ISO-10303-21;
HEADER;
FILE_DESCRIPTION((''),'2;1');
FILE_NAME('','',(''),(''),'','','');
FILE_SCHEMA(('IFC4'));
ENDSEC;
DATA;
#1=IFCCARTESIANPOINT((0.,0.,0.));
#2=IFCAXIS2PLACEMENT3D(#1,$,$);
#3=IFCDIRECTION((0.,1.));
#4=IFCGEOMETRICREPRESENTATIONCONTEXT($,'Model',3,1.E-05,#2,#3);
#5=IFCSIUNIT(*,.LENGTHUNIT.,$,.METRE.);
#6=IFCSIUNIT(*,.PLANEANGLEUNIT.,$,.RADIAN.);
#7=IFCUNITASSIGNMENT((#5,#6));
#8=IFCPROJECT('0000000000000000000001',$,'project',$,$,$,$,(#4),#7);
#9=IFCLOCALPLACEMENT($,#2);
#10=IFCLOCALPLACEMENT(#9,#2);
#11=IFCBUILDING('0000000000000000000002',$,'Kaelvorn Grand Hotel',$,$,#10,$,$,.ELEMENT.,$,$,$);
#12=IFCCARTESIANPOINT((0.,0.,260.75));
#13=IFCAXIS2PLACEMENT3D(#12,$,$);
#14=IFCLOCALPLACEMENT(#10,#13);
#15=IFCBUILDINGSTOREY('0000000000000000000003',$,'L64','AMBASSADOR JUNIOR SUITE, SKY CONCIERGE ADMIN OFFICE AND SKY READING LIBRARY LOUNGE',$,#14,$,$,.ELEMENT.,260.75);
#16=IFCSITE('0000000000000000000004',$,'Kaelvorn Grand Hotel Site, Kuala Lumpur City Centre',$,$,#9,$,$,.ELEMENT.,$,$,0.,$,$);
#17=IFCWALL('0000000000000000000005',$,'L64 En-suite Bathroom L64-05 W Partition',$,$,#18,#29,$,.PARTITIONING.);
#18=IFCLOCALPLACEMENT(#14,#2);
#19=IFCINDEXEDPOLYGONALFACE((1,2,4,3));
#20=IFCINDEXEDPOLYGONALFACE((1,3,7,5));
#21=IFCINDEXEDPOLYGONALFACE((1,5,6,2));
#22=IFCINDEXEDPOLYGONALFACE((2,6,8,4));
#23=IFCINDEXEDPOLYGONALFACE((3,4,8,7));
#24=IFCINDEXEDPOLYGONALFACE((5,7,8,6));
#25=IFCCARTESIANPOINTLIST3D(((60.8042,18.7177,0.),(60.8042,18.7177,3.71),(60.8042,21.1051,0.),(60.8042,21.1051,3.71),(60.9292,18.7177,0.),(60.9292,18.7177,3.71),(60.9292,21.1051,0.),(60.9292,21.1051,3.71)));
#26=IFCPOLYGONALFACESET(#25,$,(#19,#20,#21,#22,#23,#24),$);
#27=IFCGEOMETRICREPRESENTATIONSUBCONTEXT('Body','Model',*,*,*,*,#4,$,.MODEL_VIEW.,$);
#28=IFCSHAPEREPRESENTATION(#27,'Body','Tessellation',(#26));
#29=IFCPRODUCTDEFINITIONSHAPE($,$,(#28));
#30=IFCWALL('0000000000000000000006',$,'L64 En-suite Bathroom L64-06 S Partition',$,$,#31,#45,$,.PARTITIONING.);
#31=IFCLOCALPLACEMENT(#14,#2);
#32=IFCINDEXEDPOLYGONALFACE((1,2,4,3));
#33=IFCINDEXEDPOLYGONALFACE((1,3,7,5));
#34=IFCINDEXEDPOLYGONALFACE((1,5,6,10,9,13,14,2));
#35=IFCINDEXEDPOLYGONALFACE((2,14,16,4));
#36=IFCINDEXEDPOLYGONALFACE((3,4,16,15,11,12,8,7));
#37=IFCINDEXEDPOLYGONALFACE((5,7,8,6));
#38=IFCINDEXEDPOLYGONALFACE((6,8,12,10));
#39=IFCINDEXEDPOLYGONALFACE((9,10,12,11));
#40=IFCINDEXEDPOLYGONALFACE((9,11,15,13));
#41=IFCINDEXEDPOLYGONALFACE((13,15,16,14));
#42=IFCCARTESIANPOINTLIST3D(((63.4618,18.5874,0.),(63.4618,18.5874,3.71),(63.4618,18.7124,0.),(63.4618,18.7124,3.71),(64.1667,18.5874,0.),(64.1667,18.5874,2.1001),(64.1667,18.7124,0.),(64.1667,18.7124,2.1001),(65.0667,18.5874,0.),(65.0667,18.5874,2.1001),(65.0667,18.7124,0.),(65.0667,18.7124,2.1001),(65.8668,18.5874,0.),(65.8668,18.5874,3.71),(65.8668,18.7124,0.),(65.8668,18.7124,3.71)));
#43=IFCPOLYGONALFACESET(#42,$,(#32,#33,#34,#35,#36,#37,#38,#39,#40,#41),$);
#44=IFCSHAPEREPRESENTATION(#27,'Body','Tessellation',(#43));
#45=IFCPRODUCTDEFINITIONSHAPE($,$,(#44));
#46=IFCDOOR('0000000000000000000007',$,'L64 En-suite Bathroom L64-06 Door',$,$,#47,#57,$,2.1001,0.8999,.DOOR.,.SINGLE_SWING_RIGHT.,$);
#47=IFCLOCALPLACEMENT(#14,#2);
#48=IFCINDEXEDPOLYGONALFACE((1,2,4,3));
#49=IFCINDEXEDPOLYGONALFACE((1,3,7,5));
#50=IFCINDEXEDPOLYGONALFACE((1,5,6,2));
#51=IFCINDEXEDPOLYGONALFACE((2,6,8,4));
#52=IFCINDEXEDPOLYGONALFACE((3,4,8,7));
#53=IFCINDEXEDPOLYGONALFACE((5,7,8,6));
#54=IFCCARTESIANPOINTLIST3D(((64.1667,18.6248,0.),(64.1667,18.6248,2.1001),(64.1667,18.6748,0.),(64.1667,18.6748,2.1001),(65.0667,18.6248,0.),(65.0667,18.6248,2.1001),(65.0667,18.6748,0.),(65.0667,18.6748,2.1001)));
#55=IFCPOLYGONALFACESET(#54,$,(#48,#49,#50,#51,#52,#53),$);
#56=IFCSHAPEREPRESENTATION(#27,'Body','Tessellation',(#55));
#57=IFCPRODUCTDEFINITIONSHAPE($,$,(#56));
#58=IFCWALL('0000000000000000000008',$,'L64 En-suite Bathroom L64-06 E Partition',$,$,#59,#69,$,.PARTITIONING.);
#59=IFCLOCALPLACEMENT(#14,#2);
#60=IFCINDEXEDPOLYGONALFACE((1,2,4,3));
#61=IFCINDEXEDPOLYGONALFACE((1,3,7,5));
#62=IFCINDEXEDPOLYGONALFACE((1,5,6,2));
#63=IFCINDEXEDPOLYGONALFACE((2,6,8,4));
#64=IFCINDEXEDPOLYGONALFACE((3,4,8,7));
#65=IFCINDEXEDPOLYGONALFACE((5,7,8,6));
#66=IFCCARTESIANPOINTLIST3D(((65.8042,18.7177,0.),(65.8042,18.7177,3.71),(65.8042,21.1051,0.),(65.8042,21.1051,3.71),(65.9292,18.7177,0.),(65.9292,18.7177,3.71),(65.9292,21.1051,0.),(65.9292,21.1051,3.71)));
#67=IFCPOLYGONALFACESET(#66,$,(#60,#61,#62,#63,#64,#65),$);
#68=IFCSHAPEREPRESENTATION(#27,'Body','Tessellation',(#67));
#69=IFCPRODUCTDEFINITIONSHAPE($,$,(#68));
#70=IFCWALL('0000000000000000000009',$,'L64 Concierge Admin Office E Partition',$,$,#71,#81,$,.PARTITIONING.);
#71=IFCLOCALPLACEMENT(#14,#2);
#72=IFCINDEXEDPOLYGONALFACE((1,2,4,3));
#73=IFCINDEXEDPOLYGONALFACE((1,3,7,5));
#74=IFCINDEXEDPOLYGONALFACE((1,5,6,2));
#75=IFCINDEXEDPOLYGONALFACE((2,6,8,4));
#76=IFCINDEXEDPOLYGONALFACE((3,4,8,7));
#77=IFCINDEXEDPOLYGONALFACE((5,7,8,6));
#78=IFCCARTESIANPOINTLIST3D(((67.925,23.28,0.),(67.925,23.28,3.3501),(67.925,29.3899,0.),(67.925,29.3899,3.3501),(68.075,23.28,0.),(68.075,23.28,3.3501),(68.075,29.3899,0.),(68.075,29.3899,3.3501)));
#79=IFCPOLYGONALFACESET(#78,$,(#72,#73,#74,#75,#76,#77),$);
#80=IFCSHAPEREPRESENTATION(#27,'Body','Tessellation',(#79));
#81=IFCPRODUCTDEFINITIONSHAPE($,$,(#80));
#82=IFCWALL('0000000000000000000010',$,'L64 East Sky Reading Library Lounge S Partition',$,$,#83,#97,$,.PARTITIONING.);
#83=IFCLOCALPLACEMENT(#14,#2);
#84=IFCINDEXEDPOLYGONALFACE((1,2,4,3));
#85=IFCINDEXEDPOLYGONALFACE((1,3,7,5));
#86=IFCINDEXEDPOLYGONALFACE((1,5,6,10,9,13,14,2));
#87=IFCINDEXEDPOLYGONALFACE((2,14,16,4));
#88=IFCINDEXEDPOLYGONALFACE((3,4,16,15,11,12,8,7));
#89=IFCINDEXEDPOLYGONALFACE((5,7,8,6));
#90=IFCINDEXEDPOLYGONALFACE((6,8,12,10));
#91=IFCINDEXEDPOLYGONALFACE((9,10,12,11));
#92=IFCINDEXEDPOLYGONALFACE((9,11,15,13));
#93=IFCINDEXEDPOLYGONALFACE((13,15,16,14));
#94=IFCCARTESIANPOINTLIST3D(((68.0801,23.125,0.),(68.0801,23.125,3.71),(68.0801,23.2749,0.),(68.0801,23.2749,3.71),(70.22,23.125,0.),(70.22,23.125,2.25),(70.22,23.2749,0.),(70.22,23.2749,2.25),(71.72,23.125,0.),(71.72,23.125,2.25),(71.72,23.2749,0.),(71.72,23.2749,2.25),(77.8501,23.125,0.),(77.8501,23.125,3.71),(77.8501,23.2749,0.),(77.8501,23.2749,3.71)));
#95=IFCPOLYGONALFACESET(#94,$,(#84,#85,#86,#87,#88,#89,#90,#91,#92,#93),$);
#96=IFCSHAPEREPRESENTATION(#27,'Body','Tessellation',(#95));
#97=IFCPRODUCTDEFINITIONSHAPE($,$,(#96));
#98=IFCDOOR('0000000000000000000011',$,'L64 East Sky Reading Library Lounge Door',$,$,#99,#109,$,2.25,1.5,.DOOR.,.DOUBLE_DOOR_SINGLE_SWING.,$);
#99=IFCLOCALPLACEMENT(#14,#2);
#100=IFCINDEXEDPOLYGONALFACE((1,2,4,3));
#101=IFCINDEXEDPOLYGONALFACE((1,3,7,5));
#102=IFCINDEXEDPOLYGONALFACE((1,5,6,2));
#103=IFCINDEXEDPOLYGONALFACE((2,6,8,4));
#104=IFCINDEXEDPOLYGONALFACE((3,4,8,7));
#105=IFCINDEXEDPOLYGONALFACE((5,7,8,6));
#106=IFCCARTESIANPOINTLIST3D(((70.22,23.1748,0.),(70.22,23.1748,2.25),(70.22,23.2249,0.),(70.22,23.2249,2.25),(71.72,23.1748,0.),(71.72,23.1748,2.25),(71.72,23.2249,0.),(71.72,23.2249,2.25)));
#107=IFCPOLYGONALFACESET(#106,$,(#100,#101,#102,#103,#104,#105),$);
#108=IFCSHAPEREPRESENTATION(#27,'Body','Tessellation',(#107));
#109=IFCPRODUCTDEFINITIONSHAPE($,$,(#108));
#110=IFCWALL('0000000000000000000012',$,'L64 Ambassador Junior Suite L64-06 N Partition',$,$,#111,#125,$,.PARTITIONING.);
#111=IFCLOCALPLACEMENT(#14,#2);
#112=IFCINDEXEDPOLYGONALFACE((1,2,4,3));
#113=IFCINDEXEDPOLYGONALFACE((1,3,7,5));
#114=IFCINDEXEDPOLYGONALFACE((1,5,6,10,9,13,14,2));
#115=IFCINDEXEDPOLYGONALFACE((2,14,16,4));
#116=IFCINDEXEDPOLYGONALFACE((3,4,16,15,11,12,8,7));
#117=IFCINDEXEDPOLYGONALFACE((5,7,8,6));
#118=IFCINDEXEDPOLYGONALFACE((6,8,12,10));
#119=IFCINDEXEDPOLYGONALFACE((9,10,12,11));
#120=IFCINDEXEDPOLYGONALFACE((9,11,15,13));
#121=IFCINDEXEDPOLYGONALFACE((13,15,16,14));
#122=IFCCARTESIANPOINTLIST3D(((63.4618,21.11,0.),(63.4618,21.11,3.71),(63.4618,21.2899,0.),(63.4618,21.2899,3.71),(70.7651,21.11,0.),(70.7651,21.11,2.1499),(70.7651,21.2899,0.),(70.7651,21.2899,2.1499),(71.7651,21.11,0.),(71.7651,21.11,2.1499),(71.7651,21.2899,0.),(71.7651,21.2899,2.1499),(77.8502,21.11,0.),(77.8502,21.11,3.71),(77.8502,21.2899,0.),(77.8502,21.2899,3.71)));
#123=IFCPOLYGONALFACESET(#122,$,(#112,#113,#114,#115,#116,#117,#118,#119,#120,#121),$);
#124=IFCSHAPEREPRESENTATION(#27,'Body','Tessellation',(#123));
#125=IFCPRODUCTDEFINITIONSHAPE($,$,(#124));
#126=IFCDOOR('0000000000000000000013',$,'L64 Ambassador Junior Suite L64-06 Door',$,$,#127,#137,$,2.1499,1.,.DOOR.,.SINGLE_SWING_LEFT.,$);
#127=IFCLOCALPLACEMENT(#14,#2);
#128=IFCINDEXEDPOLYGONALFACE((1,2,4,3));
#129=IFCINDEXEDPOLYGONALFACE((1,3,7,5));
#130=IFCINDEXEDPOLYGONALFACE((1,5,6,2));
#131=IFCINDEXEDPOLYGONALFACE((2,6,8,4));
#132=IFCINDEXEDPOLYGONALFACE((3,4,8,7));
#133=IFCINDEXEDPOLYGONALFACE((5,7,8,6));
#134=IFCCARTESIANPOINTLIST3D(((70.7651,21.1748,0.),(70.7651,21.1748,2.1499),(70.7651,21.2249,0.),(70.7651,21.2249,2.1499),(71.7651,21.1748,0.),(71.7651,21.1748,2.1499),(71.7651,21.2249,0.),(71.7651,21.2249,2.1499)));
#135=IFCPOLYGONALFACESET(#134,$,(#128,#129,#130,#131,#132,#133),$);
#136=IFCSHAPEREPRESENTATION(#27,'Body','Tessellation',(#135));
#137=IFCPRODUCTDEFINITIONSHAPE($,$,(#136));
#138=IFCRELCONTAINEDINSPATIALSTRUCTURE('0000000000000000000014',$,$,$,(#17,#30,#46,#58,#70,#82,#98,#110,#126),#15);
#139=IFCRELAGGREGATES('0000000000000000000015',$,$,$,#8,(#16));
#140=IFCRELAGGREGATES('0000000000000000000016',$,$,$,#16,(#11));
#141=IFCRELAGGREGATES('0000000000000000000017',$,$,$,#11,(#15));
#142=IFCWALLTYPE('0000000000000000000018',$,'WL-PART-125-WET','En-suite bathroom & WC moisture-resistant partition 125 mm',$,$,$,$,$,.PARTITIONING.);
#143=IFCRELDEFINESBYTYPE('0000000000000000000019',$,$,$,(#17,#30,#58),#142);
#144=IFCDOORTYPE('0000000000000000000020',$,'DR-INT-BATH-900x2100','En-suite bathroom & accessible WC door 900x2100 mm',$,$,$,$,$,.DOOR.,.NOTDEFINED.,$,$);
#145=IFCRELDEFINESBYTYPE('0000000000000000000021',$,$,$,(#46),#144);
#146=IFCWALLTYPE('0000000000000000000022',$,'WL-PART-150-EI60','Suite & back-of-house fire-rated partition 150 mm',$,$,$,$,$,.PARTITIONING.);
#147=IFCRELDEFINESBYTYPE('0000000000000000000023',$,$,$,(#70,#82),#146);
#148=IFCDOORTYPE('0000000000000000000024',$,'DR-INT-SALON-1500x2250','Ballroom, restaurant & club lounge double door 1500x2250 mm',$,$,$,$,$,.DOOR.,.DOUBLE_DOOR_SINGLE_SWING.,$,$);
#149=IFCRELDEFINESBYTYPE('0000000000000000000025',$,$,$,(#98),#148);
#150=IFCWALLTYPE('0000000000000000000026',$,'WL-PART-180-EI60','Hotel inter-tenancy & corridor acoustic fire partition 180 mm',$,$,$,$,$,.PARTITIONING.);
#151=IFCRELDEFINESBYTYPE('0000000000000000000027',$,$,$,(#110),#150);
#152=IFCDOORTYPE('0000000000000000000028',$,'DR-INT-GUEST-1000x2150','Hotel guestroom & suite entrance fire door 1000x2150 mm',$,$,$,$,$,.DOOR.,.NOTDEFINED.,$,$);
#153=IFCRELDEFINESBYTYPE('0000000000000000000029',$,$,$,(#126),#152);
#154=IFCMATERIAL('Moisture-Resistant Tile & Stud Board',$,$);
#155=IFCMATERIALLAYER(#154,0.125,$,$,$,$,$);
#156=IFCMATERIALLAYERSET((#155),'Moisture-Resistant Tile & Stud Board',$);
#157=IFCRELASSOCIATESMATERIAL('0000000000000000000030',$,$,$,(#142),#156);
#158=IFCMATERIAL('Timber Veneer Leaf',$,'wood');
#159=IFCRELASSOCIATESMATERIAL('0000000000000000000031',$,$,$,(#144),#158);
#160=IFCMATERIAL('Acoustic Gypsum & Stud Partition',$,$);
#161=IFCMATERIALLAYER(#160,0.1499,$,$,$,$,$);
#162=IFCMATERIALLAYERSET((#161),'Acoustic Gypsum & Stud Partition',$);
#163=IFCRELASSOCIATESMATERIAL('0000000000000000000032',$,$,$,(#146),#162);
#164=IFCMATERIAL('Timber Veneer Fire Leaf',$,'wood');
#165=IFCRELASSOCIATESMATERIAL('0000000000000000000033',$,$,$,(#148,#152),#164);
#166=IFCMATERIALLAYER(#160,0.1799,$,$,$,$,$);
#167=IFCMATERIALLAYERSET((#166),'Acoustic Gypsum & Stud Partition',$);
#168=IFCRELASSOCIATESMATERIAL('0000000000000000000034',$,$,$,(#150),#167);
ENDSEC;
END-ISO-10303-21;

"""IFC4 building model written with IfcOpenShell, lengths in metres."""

from ifc_helpers import new_model, si_unit, direction, frame, frame_2d, origin, place, context, subcontext, project, spatial, rectangle, extrude, material, layer, layer_set, type_object, element, fill, save


model = new_model("IFC4")

# Units and contexts
model_context = context("Model", 3, precision=1e-05, world=origin(), true_north=direction((0.0, 1.0)))
body_context = subcontext(model_context, "Body", "Model", "MODEL_VIEW")
ifc_project = project(units=[si_unit("LENGTHUNIT", "METRE"), si_unit("PLANEANGLEUNIT", "RADIAN")], contexts=[model_context])

# Site, building, storey
site_placement = place(None, origin())
site = spatial("IfcSite", under=ifc_project, at=site_placement, Name="Kaelvorn Grand Hotel Site, Kuala Lumpur City Centre", CompositionType="ELEMENT", RefElevation=0.0)
building_placement = place(site_placement, origin())
building = spatial("IfcBuilding", under=site, at=building_placement, Name="Kaelvorn Grand Hotel", CompositionType="ELEMENT")
storey_placement = place(building_placement, frame((0.0, 0.0, 260.75)))
storey = spatial("IfcBuildingStorey", under=building, at=storey_placement, Name="L64", Description="AMBASSADOR JUNIOR SUITE, SKY CONCIERGE ADMIN OFFICE AND SKY READING LIBRARY LOUNGE", CompositionType="ELEMENT", Elevation=260.75)

# Shared definitions
ifc_material_1 = material(Name="Moisture-Resistant Tile & Stud Board")
ifc_layer_1 = layer(ifc_material_1, 0.125)
ifc_layer_set_1 = layer_set([ifc_layer_1], Name="Moisture-Resistant Tile & Stud Board")
wall_type_1 = type_object("IfcWallType", Name="WL-PART-125-WET", Description="En-suite bathroom & WC moisture-resistant partition 125 mm", PredefinedType="PARTITIONING", material=ifc_layer_set_1)
ifc_material_2 = material(Name="Timber Veneer Leaf", Category="wood")
door_type_1 = type_object("IfcDoorType", Name="DR-INT-BATH-900x2100", Description="En-suite bathroom & accessible WC door 900x2100 mm", OperationType="NOTDEFINED", PredefinedType="DOOR", material=ifc_material_2)

# Wall
wall_1_placement = place(storey_placement, frame((60.8667, 18.7175, 0.0), z_axis=(0.0, 0.0, 1.0), x_axis=(0.0, 1.0, 0.0)))
element("IfcWall", 1, at=wall_1_placement, inside=storey, type_object=wall_type_1, Name="L64 En-suite Bathroom L64-05 W Partition", PredefinedType="PARTITIONING", context=body_context, shape_type="SweptSolid", body=[
    extrude(rectangle(XDim=2.3875, YDim=0.125, at=frame_2d((1.1938, 0.0))), origin(), (0.0, 0.0, 1.0), 3.71),
])

# Wall, opening, door
wall_2_placement = place(storey_placement, frame((63.4617, 18.6499, 0.0), z_axis=(0.0, 0.0, 1.0), x_axis=(1.0, 0.0, 0.0)))
wall_2 = element("IfcWall", 2, at=wall_2_placement, inside=storey, type_object=wall_type_1, Name="L64 En-suite Bathroom L64-06 S Partition", PredefinedType="PARTITIONING", context=body_context, shape_type="SweptSolid", body=[
    extrude(rectangle(XDim=2.405, YDim=0.125, at=frame_2d((1.2026, 0.0))), origin(), (0.0, 0.0, 1.0), 3.71),
])
opening_1_placement = place(wall_2_placement, frame((0.7051, 0.0, 0.0)))
opening_1 = element("IfcOpeningElement", 3, at=opening_1_placement, cuts=wall_2, PredefinedType="OPENING", context=body_context, shape_type="SweptSolid", body=[
    extrude(rectangle(XDim=0.8999, YDim=2.1001, at=frame_2d((0.45, 1.05))), frame((0.0, 0.0725, 0.0), z_axis=(0.0, -1.0, 0.0), x_axis=(1.0, 0.0, 0.0)), (0.0, 0.0, 1.0), 0.145),
])
door_1_placement = place(opening_1_placement, origin())
door_1 = element("IfcDoor", 4, at=door_1_placement, inside=storey, type_object=door_type_1, Name="L64 En-suite Bathroom L64-06 Door", OperationType="SINGLE_SWING_RIGHT", OverallHeight=2.1001, OverallWidth=0.8999, PredefinedType="DOOR", context=body_context, shape_type="SweptSolid", body=[
    extrude(rectangle(XDim=0.8999, YDim=2.1001, at=frame_2d((0.45, 1.05))), frame((0.0, 0.0249, 0.0), z_axis=(0.0, -1.0, 0.0), x_axis=(1.0, 0.0, 0.0)), (0.0, 0.0, 1.0), 0.05),
])
fill(opening_1, door_1)

# Walls
wall_3_placement = place(storey_placement, frame((65.8667, 18.7175, 0.0), z_axis=(0.0, 0.0, 1.0), x_axis=(0.0, 1.0, 0.0)))
element("IfcWall", 5, at=wall_3_placement, inside=storey, type_object=wall_type_1, Name="L64 En-suite Bathroom L64-06 E Partition", PredefinedType="PARTITIONING", context=body_context, shape_type="SweptSolid", body=[
    extrude(rectangle(XDim=2.3875, YDim=0.125, at=frame_2d((1.1938, 0.0))), origin(), (0.0, 0.0, 1.0), 3.71),
])
ifc_material_3 = material(Name="Acoustic Gypsum & Stud Partition")
ifc_layer_2 = layer(ifc_material_3, 0.1499)
ifc_layer_set_2 = layer_set([ifc_layer_2], Name="Acoustic Gypsum & Stud Partition")
wall_type_2 = type_object("IfcWallType", Name="WL-PART-150-EI60", Description="Suite & back-of-house fire-rated partition 150 mm", PredefinedType="PARTITIONING", material=ifc_layer_set_2)
wall_4_placement = place(storey_placement, frame((68.0, 23.28, 0.0), z_axis=(0.0, 0.0, 1.0), x_axis=(0.0, 1.0, 0.0)))
element("IfcWall", 6, at=wall_4_placement, inside=storey, type_object=wall_type_2, Name="L64 Concierge Admin Office E Partition", PredefinedType="PARTITIONING", context=body_context, shape_type="SweptSolid", body=[
    extrude(rectangle(XDim=6.1099, YDim=0.1499, at=frame_2d((3.0549, 0.0))), origin(), (0.0, 0.0, 1.0), 3.3501),
])

# Walls, openings, doors
wall_5_placement = place(storey_placement, frame((68.0801, 23.2, 0.0), z_axis=(0.0, 0.0, 1.0), x_axis=(1.0, 0.0, 0.0)))
wall_5 = element("IfcWall", 7, at=wall_5_placement, inside=storey, type_object=wall_type_2, Name="L64 East Sky Reading Library Lounge S Partition", PredefinedType="PARTITIONING", context=body_context, shape_type="SweptSolid", body=[
    extrude(rectangle(XDim=9.77, YDim=0.1499, at=frame_2d((4.885, 0.0))), origin(), (0.0, 0.0, 1.0), 3.71),
])
opening_2_placement = place(wall_5_placement, frame((2.1399, 0.0, 0.0)))
opening_2 = element("IfcOpeningElement", 8, at=opening_2_placement, cuts=wall_5, PredefinedType="OPENING", context=body_context, shape_type="SweptSolid", body=[
    extrude(rectangle(XDim=1.5, YDim=2.25, at=frame_2d((0.75, 1.125))), frame((0.0, 0.085, 0.0), z_axis=(0.0, -1.0, 0.0), x_axis=(1.0, 0.0, 0.0)), (0.0, 0.0, 1.0), 0.1699),
])
ifc_material_4 = material(Name="Timber Veneer Fire Leaf", Category="wood")
door_type_2 = type_object("IfcDoorType", Name="DR-INT-SALON-1500x2250", Description="Ballroom, restaurant & club lounge double door 1500x2250 mm", OperationType="DOUBLE_DOOR_SINGLE_SWING", PredefinedType="DOOR", material=ifc_material_4)
door_2_placement = place(opening_2_placement, origin())
door_2 = element("IfcDoor", 9, at=door_2_placement, inside=storey, type_object=door_type_2, Name="L64 East Sky Reading Library Lounge Door", OperationType="DOUBLE_DOOR_SINGLE_SWING", OverallHeight=2.25, OverallWidth=1.5, PredefinedType="DOOR", context=body_context, shape_type="SweptSolid", body=[
    extrude(rectangle(XDim=1.5, YDim=2.25, at=frame_2d((0.75, 1.125))), frame((0.0, 0.0249, 0.0), z_axis=(0.0, -1.0, 0.0), x_axis=(1.0, 0.0, 0.0)), (0.0, 0.0, 1.0), 0.05),
])
fill(opening_2, door_2)
ifc_layer_3 = layer(ifc_material_3, 0.1799)
ifc_layer_set_3 = layer_set([ifc_layer_3], Name="Acoustic Gypsum & Stud Partition")
wall_type_3 = type_object("IfcWallType", Name="WL-PART-180-EI60", Description="Hotel inter-tenancy & corridor acoustic fire partition 180 mm", PredefinedType="PARTITIONING", material=ifc_layer_set_3)
wall_6_placement = place(storey_placement, frame((63.4617, 21.2, 0.0), z_axis=(0.0, 0.0, 1.0), x_axis=(1.0, 0.0, 0.0)))
wall_6 = element("IfcWall", 10, at=wall_6_placement, inside=storey, type_object=wall_type_3, Name="L64 Ambassador Junior Suite L64-06 N Partition", PredefinedType="PARTITIONING", context=body_context, shape_type="SweptSolid", body=[
    extrude(rectangle(XDim=14.3884, YDim=0.1799, at=frame_2d((7.1943, 0.0))), origin(), (0.0, 0.0, 1.0), 3.71),
])
opening_3_placement = place(wall_6_placement, frame((7.3035, 0.0, 0.0)))
opening_3 = element("IfcOpeningElement", 11, at=opening_3_placement, cuts=wall_6, PredefinedType="OPENING", context=body_context, shape_type="SweptSolid", body=[
    extrude(rectangle(XDim=1.0, YDim=2.1499, at=frame_2d((0.5, 1.075))), frame((0.0, 0.1001, 0.0), z_axis=(0.0, -1.0, 0.0), x_axis=(1.0, 0.0, 0.0)), (0.0, 0.0, 1.0), 0.2),
])
door_type_3 = type_object("IfcDoorType", Name="DR-INT-GUEST-1000x2150", Description="Hotel guestroom & suite entrance fire door 1000x2150 mm", OperationType="NOTDEFINED", PredefinedType="DOOR", material=ifc_material_4)
door_3_placement = place(opening_3_placement, origin())
door_3 = element("IfcDoor", 12, at=door_3_placement, inside=storey, type_object=door_type_3, Name="L64 Ambassador Junior Suite L64-06 Door", OperationType="SINGLE_SWING_LEFT", OverallHeight=2.1499, OverallWidth=1.0, PredefinedType="DOOR", context=body_context, shape_type="SweptSolid", body=[
    extrude(rectangle(XDim=1.0, YDim=2.1499, at=frame_2d((0.5, 1.075))), frame((0.0, 0.0249, 0.0), z_axis=(0.0, -1.0, 0.0), x_axis=(1.0, 0.0, 0.0)), (0.0, 0.0, 1.0), 0.05),
])
fill(opening_3, door_3)

save(model, "model.ifc")
